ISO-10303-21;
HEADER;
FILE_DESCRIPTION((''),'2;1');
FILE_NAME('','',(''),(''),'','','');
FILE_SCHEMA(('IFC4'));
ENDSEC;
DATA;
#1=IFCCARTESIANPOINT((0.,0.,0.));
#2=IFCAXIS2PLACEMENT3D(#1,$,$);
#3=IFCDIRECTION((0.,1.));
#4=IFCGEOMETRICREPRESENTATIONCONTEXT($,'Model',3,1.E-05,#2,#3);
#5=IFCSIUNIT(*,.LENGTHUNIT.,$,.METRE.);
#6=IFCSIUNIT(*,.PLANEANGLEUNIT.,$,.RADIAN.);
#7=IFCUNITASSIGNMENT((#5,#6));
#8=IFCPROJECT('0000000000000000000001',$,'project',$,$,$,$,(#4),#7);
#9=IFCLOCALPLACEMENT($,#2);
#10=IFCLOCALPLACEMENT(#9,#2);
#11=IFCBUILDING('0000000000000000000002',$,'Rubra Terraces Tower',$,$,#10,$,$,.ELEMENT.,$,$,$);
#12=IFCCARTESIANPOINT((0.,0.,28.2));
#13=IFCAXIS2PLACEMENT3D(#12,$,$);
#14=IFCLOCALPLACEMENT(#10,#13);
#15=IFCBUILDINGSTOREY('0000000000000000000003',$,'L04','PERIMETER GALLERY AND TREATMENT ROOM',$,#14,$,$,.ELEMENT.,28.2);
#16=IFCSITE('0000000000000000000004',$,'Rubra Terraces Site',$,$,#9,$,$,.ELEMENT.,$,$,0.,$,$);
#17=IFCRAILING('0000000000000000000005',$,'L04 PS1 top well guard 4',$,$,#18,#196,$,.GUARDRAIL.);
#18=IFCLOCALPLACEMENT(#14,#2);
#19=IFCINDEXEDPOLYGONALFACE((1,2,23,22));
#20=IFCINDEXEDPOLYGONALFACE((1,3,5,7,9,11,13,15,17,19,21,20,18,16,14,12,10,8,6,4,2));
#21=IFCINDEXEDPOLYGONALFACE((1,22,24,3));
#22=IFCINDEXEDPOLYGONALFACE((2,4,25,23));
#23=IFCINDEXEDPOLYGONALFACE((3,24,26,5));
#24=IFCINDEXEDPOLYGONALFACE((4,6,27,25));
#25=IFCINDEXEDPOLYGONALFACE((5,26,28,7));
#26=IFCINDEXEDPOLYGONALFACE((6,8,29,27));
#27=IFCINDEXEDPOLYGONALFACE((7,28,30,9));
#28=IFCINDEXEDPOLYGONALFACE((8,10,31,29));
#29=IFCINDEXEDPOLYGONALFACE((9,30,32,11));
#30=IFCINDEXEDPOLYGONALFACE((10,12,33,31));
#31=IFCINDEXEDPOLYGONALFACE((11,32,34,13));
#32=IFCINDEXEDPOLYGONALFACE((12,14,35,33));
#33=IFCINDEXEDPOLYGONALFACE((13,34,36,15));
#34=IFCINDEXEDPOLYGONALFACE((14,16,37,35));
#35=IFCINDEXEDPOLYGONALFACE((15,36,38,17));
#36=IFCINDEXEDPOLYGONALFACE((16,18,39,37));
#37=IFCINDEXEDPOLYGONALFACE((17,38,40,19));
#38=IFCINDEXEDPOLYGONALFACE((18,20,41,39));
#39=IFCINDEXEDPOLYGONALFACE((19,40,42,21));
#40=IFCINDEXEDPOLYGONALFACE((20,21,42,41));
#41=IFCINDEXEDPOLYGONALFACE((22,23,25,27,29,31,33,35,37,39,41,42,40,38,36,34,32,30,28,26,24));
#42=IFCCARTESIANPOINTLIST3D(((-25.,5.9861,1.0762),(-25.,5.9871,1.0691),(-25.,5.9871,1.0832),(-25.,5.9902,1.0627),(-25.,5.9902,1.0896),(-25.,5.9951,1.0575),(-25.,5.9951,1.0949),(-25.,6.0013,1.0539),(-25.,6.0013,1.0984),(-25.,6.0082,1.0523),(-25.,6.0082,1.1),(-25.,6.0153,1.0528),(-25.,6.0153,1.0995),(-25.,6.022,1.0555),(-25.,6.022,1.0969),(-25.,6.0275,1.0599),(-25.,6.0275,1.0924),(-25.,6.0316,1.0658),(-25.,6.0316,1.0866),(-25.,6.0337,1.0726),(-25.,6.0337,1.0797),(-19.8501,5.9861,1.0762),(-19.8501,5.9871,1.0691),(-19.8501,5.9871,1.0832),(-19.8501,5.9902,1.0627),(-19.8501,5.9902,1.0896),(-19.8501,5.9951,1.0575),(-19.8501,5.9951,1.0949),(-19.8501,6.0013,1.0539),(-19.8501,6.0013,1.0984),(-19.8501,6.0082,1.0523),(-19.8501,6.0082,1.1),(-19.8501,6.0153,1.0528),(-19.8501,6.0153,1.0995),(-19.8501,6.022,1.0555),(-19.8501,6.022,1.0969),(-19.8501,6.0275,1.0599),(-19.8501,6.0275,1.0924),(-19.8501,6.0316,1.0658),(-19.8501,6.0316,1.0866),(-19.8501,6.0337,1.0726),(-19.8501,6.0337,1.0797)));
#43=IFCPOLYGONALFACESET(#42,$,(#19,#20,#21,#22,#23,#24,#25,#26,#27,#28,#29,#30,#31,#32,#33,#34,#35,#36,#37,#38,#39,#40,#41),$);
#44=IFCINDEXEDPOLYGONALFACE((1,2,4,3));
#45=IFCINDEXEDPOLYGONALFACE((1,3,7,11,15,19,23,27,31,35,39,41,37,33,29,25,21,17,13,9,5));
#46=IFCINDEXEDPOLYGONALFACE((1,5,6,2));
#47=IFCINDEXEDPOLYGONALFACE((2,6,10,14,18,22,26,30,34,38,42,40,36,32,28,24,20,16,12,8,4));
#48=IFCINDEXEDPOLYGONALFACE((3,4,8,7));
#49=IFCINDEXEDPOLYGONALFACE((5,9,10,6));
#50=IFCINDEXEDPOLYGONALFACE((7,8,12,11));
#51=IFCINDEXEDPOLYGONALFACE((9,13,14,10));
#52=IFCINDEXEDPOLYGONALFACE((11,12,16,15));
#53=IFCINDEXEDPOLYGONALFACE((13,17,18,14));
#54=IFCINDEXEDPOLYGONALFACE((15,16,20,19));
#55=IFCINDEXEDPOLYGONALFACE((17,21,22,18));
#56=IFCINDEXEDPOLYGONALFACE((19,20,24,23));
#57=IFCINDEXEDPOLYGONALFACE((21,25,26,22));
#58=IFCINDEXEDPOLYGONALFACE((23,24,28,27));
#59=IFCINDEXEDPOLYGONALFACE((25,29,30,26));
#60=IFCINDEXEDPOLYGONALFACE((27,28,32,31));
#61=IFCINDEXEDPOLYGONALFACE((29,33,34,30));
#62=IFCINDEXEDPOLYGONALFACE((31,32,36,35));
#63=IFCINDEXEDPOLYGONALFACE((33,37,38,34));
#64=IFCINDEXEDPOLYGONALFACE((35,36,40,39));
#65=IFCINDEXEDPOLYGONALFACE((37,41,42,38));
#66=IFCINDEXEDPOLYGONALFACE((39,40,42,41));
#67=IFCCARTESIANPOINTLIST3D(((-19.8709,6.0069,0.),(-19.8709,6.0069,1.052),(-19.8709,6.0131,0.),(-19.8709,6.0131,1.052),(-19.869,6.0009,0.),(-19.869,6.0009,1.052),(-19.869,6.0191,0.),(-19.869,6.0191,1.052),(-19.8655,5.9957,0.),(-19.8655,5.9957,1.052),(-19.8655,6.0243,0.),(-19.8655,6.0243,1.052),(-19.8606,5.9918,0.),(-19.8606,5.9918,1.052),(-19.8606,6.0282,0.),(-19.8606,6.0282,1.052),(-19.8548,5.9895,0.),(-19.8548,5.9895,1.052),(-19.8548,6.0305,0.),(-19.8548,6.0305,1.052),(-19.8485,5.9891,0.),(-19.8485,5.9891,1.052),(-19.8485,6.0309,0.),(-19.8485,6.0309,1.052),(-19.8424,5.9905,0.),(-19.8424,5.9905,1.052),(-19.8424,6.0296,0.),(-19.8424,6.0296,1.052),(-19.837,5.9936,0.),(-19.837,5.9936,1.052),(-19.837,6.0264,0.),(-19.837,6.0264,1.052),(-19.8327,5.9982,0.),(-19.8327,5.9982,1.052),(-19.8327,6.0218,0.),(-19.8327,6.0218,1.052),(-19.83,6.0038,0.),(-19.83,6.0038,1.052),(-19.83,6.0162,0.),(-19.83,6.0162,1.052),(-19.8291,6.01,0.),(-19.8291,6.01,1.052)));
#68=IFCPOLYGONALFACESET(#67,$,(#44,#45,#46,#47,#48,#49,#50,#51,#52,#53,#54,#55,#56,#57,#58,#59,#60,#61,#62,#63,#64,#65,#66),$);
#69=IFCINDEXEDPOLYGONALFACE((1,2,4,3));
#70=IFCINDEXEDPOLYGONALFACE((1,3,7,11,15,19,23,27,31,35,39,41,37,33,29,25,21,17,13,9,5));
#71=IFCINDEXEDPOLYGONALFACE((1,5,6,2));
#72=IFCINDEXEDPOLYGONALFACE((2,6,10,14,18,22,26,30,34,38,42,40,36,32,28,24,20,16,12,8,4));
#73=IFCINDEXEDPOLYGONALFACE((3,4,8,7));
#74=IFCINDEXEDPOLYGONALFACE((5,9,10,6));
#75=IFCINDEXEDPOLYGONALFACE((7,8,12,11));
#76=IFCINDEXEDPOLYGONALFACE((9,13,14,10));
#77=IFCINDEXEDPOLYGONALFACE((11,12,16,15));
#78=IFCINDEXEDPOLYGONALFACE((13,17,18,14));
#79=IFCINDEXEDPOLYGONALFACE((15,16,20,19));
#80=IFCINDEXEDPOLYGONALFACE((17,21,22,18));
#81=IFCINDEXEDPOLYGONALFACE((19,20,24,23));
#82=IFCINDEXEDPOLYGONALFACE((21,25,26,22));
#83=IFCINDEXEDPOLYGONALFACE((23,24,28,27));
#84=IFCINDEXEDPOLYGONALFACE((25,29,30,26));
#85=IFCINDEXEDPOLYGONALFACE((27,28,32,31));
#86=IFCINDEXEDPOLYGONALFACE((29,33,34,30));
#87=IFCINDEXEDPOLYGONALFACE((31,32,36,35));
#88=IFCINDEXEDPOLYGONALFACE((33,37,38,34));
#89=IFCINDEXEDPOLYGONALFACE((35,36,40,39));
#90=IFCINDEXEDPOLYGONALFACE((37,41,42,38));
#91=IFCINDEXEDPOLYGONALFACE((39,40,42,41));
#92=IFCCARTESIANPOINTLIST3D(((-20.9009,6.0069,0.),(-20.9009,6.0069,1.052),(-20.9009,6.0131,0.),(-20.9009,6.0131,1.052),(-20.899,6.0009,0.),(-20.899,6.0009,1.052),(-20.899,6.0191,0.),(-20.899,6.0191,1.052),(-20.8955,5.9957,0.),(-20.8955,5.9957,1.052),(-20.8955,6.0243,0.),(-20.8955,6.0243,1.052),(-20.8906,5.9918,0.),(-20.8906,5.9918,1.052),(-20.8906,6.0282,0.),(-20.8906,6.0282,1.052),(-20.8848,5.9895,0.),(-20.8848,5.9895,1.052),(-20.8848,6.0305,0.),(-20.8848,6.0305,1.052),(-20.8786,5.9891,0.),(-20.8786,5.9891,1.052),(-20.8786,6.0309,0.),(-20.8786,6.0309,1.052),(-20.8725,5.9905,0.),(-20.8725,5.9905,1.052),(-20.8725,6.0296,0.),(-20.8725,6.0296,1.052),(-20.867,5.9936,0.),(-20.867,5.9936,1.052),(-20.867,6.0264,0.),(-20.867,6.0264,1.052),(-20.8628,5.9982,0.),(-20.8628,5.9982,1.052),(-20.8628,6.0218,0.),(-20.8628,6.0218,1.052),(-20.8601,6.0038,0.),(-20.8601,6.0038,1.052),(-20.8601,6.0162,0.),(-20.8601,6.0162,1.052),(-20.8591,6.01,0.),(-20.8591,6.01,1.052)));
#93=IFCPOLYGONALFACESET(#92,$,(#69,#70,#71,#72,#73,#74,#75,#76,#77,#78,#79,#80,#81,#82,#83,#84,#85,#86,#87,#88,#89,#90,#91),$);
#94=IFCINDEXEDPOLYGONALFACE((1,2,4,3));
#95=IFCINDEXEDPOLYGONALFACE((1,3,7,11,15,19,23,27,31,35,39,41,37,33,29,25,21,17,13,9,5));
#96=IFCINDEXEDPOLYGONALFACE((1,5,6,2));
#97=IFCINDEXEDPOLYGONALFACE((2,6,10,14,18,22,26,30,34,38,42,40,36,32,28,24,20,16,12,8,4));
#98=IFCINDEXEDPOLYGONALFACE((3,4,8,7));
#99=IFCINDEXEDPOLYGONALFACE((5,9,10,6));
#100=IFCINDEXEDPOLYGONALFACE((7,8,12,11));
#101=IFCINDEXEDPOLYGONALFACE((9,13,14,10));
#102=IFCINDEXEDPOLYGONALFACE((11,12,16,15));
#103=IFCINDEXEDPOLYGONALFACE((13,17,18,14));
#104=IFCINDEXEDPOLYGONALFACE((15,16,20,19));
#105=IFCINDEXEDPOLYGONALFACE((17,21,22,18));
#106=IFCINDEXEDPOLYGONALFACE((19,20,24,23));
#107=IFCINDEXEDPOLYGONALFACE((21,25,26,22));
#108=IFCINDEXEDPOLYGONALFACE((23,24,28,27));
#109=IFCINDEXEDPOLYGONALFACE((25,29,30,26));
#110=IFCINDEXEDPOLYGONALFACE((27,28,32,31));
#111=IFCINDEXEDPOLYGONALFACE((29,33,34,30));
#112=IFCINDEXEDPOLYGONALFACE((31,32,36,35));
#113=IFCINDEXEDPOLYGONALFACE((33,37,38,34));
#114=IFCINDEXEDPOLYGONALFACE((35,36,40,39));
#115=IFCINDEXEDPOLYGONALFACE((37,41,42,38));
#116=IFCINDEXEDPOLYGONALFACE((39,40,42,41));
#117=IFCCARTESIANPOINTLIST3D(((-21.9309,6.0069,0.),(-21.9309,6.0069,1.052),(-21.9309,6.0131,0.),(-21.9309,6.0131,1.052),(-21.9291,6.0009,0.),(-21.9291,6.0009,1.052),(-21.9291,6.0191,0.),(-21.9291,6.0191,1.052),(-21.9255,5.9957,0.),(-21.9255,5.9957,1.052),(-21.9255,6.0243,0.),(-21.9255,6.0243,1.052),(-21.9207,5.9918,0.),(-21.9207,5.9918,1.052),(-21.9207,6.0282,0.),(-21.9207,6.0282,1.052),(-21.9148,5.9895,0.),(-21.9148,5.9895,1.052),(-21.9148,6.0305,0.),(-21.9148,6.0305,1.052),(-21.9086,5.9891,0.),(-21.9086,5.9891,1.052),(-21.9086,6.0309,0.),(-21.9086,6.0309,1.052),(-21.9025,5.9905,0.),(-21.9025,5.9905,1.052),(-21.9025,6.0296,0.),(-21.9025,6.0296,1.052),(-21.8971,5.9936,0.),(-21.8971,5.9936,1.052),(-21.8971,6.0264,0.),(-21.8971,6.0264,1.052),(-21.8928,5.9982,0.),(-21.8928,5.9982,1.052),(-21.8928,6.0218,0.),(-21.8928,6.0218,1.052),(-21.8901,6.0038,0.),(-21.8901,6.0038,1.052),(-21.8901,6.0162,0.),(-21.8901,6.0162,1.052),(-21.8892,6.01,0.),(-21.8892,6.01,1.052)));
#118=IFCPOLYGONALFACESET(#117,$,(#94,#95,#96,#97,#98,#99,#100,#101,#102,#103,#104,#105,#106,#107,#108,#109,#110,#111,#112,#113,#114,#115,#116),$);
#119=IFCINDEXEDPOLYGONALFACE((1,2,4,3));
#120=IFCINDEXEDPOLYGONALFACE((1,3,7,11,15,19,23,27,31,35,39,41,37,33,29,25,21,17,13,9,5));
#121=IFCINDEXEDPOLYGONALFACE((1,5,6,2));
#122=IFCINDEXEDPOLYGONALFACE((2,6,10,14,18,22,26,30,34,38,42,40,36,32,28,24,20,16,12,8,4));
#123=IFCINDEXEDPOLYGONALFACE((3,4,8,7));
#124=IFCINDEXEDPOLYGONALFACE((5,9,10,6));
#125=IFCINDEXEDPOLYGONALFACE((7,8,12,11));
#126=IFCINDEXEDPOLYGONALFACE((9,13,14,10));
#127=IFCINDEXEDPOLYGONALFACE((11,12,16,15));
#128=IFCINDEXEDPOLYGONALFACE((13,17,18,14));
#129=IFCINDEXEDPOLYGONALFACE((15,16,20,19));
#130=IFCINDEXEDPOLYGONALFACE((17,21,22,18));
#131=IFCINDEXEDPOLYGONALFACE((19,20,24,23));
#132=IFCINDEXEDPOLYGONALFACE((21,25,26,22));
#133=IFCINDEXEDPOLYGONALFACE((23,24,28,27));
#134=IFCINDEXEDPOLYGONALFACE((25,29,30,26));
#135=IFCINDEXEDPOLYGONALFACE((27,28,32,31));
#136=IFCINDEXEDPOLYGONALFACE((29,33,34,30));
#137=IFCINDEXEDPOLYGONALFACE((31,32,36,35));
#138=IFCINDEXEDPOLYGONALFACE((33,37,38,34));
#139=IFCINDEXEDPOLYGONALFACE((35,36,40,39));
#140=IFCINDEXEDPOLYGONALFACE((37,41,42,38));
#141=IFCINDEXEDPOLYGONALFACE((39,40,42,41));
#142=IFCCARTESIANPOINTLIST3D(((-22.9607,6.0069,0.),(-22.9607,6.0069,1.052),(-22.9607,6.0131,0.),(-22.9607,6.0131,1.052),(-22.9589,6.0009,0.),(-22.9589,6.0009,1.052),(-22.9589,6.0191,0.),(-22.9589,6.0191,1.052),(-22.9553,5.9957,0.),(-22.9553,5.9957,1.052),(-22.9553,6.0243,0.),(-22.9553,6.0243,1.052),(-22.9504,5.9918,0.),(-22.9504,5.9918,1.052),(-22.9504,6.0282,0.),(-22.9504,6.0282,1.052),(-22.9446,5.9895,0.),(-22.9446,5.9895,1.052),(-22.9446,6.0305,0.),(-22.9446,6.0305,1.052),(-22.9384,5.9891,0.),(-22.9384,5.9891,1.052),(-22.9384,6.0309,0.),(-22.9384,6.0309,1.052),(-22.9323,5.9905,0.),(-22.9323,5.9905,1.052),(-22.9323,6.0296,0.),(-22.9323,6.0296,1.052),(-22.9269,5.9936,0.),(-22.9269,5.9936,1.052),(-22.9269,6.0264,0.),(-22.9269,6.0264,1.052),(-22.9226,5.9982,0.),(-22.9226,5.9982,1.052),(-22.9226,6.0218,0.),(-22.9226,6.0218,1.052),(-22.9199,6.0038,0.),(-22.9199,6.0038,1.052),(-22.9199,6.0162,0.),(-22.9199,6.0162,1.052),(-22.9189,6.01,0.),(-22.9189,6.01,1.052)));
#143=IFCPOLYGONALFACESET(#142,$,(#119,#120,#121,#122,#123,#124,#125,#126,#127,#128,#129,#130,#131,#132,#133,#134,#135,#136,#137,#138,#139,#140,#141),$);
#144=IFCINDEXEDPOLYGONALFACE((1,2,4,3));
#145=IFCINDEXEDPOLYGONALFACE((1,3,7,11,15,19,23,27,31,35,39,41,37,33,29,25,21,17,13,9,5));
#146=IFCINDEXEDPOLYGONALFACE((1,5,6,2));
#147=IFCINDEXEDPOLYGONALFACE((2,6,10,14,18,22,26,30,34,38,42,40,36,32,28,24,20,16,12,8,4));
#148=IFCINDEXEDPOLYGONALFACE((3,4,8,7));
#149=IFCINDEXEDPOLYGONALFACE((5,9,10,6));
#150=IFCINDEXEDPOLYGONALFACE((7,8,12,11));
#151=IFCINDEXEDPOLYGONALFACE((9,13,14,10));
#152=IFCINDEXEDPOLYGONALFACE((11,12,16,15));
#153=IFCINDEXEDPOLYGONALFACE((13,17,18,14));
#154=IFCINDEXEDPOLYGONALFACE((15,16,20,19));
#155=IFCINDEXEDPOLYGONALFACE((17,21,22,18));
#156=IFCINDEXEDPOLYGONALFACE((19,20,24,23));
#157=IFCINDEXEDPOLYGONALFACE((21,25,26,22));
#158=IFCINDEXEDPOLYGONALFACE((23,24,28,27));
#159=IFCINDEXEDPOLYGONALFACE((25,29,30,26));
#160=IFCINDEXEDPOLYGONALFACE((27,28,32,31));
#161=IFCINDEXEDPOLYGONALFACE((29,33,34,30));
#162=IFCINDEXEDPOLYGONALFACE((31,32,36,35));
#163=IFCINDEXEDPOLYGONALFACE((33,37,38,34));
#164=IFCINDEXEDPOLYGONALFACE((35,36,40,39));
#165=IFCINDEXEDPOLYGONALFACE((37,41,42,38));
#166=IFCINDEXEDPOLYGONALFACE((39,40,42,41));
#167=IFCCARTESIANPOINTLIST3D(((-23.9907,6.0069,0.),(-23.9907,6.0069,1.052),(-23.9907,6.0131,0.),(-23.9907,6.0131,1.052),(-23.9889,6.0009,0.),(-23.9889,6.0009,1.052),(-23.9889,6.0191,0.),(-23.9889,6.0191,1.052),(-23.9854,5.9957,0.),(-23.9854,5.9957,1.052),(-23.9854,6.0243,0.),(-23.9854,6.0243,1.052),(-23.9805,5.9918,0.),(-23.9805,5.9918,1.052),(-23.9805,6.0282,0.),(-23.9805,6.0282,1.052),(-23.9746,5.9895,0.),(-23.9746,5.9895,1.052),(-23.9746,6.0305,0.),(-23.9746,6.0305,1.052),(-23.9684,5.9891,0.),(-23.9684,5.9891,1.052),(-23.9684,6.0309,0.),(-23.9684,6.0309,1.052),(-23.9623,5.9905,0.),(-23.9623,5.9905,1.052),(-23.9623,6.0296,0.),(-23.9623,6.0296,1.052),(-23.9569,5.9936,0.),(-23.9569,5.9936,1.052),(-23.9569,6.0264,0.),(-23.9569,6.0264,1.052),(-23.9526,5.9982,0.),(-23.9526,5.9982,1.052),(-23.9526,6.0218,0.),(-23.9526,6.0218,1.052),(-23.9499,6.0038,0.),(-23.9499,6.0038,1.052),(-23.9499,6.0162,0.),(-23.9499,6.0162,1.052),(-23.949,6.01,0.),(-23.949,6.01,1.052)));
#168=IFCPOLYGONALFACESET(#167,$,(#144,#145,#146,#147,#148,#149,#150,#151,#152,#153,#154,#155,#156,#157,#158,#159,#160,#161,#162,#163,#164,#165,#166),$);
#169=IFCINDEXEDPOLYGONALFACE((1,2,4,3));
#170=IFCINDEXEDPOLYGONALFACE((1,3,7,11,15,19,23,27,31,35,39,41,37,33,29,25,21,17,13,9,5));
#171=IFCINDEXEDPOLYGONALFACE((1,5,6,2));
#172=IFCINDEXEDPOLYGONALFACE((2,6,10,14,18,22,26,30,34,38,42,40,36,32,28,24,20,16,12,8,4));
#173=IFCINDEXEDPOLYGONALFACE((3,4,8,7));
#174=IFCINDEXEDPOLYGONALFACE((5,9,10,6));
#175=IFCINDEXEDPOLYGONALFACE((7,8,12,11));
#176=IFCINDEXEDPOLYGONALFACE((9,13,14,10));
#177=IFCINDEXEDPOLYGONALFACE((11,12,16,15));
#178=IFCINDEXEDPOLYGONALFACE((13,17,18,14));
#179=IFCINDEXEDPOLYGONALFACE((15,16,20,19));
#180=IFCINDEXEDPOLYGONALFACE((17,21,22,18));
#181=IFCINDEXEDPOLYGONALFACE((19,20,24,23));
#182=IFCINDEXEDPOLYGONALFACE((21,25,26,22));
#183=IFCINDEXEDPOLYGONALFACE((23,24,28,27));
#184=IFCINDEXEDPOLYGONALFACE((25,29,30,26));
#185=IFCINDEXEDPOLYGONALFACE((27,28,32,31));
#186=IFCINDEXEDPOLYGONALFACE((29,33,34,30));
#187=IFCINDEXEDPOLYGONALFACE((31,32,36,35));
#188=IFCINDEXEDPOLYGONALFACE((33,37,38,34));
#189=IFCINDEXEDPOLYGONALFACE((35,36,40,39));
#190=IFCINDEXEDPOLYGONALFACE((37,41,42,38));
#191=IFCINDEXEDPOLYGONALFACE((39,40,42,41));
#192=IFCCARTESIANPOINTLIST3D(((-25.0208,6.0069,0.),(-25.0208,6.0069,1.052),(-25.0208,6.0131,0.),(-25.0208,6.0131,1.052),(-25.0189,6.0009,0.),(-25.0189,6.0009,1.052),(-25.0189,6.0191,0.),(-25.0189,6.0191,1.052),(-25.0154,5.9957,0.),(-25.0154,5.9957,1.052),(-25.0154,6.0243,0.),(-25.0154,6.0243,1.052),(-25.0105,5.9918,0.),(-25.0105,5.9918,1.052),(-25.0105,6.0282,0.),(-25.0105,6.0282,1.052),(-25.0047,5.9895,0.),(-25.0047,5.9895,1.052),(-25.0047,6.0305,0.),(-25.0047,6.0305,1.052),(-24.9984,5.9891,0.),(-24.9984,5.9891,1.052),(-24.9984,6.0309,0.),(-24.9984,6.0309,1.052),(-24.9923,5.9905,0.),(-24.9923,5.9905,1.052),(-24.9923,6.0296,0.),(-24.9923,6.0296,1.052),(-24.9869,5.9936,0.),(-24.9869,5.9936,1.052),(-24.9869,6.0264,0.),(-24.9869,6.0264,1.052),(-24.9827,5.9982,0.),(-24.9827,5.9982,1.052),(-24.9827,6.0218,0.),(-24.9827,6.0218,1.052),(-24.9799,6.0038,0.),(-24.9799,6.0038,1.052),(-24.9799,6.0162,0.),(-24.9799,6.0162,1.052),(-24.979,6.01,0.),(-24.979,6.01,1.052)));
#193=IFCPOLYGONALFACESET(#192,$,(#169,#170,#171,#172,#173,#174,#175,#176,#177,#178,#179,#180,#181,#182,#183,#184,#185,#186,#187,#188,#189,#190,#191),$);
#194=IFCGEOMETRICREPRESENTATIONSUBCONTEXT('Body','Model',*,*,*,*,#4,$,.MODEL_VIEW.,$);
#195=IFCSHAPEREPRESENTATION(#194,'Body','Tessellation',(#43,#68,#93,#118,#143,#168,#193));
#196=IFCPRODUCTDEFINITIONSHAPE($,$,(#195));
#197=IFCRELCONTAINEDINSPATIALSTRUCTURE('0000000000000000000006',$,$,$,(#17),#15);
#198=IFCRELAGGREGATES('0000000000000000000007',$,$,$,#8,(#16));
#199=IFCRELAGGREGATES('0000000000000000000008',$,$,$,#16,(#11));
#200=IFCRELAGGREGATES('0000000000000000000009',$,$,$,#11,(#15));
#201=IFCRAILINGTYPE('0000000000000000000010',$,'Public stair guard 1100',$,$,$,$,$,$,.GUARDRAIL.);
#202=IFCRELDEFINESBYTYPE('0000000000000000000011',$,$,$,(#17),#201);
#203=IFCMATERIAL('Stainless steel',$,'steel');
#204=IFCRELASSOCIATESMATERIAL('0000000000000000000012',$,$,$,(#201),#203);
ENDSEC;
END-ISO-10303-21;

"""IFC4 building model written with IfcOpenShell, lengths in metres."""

from ifc_helpers import new_model, si_unit, direction, frame, origin, origin_2d, place, context, subcontext, project, spatial, circle, extrude, material, type_object, element, save


model = new_model("IFC4")

# Units and contexts
model_context = context("Model", 3, precision=1e-05, world=origin(), true_north=direction((0.0, 1.0)))
body_context = subcontext(model_context, "Body", "Model", "MODEL_VIEW")
ifc_project = project(units=[si_unit("LENGTHUNIT", "METRE"), si_unit("PLANEANGLEUNIT", "RADIAN")], contexts=[model_context])

# Site, building, storey
site_placement = place(None, origin())
site = spatial("IfcSite", under=ifc_project, at=site_placement, Name="Rubra Terraces Site", CompositionType="ELEMENT", RefElevation=0.0)
building_placement = place(site_placement, origin())
building = spatial("IfcBuilding", under=site, at=building_placement, Name="Rubra Terraces Tower", CompositionType="ELEMENT")
storey_placement = place(building_placement, frame((0.0, 0.0, 28.2)))
storey = spatial("IfcBuildingStorey", under=building, at=storey_placement, Name="L04", Description="PERIMETER GALLERY AND TREATMENT ROOM", CompositionType="ELEMENT", Elevation=28.2)

# Railing
ifc_material_1 = material(Name="Stainless steel", Category="steel")
railing_type = type_object("IfcRailingType", Name="Public stair guard 1100", PredefinedType="GUARDRAIL", material=ifc_material_1)
railing_placement = place(storey_placement, frame((-19.8501, 6.01, 0.0)))
element("IfcRailing", 1, at=railing_placement, inside=storey, type_object=railing_type, Name="L04 PS1 top well guard 4", PredefinedType="GUARDRAIL", context=body_context, shape_type="SweptSolid", body=[
    extrude(circle(Radius=0.0239, at=origin_2d()), frame((0.0, 0.0, 1.0762), z_axis=(-1.0, 0.0, 0.0), x_axis=(0.0, -1.0, 0.0)), (0.0, 0.0, 1.0), 5.1499),
    extrude(circle(Radius=0.021, at=origin_2d()), origin(), (0.0, 0.0, 1.0), 1.052),
    extrude(circle(Radius=0.021, at=origin_2d()), frame((-1.03, 0.0, 0.0)), (0.0, 0.0, 1.0), 1.052),
    extrude(circle(Radius=0.021, at=origin_2d()), frame((-2.0601, 0.0, 0.0)), (0.0, 0.0, 1.0), 1.052),
    extrude(circle(Radius=0.021, at=origin_2d()), frame((-3.0898, 0.0, 0.0)), (0.0, 0.0, 1.0), 1.052),
    extrude(circle(Radius=0.021, at=origin_2d()), frame((-4.1199, 0.0, 0.0)), (0.0, 0.0, 1.0), 1.052),
    extrude(circle(Radius=0.021, at=origin_2d()), frame((-5.1499, 0.0, 0.0)), (0.0, 0.0, 1.0), 1.052),
])

save(model, "model.ifc")
